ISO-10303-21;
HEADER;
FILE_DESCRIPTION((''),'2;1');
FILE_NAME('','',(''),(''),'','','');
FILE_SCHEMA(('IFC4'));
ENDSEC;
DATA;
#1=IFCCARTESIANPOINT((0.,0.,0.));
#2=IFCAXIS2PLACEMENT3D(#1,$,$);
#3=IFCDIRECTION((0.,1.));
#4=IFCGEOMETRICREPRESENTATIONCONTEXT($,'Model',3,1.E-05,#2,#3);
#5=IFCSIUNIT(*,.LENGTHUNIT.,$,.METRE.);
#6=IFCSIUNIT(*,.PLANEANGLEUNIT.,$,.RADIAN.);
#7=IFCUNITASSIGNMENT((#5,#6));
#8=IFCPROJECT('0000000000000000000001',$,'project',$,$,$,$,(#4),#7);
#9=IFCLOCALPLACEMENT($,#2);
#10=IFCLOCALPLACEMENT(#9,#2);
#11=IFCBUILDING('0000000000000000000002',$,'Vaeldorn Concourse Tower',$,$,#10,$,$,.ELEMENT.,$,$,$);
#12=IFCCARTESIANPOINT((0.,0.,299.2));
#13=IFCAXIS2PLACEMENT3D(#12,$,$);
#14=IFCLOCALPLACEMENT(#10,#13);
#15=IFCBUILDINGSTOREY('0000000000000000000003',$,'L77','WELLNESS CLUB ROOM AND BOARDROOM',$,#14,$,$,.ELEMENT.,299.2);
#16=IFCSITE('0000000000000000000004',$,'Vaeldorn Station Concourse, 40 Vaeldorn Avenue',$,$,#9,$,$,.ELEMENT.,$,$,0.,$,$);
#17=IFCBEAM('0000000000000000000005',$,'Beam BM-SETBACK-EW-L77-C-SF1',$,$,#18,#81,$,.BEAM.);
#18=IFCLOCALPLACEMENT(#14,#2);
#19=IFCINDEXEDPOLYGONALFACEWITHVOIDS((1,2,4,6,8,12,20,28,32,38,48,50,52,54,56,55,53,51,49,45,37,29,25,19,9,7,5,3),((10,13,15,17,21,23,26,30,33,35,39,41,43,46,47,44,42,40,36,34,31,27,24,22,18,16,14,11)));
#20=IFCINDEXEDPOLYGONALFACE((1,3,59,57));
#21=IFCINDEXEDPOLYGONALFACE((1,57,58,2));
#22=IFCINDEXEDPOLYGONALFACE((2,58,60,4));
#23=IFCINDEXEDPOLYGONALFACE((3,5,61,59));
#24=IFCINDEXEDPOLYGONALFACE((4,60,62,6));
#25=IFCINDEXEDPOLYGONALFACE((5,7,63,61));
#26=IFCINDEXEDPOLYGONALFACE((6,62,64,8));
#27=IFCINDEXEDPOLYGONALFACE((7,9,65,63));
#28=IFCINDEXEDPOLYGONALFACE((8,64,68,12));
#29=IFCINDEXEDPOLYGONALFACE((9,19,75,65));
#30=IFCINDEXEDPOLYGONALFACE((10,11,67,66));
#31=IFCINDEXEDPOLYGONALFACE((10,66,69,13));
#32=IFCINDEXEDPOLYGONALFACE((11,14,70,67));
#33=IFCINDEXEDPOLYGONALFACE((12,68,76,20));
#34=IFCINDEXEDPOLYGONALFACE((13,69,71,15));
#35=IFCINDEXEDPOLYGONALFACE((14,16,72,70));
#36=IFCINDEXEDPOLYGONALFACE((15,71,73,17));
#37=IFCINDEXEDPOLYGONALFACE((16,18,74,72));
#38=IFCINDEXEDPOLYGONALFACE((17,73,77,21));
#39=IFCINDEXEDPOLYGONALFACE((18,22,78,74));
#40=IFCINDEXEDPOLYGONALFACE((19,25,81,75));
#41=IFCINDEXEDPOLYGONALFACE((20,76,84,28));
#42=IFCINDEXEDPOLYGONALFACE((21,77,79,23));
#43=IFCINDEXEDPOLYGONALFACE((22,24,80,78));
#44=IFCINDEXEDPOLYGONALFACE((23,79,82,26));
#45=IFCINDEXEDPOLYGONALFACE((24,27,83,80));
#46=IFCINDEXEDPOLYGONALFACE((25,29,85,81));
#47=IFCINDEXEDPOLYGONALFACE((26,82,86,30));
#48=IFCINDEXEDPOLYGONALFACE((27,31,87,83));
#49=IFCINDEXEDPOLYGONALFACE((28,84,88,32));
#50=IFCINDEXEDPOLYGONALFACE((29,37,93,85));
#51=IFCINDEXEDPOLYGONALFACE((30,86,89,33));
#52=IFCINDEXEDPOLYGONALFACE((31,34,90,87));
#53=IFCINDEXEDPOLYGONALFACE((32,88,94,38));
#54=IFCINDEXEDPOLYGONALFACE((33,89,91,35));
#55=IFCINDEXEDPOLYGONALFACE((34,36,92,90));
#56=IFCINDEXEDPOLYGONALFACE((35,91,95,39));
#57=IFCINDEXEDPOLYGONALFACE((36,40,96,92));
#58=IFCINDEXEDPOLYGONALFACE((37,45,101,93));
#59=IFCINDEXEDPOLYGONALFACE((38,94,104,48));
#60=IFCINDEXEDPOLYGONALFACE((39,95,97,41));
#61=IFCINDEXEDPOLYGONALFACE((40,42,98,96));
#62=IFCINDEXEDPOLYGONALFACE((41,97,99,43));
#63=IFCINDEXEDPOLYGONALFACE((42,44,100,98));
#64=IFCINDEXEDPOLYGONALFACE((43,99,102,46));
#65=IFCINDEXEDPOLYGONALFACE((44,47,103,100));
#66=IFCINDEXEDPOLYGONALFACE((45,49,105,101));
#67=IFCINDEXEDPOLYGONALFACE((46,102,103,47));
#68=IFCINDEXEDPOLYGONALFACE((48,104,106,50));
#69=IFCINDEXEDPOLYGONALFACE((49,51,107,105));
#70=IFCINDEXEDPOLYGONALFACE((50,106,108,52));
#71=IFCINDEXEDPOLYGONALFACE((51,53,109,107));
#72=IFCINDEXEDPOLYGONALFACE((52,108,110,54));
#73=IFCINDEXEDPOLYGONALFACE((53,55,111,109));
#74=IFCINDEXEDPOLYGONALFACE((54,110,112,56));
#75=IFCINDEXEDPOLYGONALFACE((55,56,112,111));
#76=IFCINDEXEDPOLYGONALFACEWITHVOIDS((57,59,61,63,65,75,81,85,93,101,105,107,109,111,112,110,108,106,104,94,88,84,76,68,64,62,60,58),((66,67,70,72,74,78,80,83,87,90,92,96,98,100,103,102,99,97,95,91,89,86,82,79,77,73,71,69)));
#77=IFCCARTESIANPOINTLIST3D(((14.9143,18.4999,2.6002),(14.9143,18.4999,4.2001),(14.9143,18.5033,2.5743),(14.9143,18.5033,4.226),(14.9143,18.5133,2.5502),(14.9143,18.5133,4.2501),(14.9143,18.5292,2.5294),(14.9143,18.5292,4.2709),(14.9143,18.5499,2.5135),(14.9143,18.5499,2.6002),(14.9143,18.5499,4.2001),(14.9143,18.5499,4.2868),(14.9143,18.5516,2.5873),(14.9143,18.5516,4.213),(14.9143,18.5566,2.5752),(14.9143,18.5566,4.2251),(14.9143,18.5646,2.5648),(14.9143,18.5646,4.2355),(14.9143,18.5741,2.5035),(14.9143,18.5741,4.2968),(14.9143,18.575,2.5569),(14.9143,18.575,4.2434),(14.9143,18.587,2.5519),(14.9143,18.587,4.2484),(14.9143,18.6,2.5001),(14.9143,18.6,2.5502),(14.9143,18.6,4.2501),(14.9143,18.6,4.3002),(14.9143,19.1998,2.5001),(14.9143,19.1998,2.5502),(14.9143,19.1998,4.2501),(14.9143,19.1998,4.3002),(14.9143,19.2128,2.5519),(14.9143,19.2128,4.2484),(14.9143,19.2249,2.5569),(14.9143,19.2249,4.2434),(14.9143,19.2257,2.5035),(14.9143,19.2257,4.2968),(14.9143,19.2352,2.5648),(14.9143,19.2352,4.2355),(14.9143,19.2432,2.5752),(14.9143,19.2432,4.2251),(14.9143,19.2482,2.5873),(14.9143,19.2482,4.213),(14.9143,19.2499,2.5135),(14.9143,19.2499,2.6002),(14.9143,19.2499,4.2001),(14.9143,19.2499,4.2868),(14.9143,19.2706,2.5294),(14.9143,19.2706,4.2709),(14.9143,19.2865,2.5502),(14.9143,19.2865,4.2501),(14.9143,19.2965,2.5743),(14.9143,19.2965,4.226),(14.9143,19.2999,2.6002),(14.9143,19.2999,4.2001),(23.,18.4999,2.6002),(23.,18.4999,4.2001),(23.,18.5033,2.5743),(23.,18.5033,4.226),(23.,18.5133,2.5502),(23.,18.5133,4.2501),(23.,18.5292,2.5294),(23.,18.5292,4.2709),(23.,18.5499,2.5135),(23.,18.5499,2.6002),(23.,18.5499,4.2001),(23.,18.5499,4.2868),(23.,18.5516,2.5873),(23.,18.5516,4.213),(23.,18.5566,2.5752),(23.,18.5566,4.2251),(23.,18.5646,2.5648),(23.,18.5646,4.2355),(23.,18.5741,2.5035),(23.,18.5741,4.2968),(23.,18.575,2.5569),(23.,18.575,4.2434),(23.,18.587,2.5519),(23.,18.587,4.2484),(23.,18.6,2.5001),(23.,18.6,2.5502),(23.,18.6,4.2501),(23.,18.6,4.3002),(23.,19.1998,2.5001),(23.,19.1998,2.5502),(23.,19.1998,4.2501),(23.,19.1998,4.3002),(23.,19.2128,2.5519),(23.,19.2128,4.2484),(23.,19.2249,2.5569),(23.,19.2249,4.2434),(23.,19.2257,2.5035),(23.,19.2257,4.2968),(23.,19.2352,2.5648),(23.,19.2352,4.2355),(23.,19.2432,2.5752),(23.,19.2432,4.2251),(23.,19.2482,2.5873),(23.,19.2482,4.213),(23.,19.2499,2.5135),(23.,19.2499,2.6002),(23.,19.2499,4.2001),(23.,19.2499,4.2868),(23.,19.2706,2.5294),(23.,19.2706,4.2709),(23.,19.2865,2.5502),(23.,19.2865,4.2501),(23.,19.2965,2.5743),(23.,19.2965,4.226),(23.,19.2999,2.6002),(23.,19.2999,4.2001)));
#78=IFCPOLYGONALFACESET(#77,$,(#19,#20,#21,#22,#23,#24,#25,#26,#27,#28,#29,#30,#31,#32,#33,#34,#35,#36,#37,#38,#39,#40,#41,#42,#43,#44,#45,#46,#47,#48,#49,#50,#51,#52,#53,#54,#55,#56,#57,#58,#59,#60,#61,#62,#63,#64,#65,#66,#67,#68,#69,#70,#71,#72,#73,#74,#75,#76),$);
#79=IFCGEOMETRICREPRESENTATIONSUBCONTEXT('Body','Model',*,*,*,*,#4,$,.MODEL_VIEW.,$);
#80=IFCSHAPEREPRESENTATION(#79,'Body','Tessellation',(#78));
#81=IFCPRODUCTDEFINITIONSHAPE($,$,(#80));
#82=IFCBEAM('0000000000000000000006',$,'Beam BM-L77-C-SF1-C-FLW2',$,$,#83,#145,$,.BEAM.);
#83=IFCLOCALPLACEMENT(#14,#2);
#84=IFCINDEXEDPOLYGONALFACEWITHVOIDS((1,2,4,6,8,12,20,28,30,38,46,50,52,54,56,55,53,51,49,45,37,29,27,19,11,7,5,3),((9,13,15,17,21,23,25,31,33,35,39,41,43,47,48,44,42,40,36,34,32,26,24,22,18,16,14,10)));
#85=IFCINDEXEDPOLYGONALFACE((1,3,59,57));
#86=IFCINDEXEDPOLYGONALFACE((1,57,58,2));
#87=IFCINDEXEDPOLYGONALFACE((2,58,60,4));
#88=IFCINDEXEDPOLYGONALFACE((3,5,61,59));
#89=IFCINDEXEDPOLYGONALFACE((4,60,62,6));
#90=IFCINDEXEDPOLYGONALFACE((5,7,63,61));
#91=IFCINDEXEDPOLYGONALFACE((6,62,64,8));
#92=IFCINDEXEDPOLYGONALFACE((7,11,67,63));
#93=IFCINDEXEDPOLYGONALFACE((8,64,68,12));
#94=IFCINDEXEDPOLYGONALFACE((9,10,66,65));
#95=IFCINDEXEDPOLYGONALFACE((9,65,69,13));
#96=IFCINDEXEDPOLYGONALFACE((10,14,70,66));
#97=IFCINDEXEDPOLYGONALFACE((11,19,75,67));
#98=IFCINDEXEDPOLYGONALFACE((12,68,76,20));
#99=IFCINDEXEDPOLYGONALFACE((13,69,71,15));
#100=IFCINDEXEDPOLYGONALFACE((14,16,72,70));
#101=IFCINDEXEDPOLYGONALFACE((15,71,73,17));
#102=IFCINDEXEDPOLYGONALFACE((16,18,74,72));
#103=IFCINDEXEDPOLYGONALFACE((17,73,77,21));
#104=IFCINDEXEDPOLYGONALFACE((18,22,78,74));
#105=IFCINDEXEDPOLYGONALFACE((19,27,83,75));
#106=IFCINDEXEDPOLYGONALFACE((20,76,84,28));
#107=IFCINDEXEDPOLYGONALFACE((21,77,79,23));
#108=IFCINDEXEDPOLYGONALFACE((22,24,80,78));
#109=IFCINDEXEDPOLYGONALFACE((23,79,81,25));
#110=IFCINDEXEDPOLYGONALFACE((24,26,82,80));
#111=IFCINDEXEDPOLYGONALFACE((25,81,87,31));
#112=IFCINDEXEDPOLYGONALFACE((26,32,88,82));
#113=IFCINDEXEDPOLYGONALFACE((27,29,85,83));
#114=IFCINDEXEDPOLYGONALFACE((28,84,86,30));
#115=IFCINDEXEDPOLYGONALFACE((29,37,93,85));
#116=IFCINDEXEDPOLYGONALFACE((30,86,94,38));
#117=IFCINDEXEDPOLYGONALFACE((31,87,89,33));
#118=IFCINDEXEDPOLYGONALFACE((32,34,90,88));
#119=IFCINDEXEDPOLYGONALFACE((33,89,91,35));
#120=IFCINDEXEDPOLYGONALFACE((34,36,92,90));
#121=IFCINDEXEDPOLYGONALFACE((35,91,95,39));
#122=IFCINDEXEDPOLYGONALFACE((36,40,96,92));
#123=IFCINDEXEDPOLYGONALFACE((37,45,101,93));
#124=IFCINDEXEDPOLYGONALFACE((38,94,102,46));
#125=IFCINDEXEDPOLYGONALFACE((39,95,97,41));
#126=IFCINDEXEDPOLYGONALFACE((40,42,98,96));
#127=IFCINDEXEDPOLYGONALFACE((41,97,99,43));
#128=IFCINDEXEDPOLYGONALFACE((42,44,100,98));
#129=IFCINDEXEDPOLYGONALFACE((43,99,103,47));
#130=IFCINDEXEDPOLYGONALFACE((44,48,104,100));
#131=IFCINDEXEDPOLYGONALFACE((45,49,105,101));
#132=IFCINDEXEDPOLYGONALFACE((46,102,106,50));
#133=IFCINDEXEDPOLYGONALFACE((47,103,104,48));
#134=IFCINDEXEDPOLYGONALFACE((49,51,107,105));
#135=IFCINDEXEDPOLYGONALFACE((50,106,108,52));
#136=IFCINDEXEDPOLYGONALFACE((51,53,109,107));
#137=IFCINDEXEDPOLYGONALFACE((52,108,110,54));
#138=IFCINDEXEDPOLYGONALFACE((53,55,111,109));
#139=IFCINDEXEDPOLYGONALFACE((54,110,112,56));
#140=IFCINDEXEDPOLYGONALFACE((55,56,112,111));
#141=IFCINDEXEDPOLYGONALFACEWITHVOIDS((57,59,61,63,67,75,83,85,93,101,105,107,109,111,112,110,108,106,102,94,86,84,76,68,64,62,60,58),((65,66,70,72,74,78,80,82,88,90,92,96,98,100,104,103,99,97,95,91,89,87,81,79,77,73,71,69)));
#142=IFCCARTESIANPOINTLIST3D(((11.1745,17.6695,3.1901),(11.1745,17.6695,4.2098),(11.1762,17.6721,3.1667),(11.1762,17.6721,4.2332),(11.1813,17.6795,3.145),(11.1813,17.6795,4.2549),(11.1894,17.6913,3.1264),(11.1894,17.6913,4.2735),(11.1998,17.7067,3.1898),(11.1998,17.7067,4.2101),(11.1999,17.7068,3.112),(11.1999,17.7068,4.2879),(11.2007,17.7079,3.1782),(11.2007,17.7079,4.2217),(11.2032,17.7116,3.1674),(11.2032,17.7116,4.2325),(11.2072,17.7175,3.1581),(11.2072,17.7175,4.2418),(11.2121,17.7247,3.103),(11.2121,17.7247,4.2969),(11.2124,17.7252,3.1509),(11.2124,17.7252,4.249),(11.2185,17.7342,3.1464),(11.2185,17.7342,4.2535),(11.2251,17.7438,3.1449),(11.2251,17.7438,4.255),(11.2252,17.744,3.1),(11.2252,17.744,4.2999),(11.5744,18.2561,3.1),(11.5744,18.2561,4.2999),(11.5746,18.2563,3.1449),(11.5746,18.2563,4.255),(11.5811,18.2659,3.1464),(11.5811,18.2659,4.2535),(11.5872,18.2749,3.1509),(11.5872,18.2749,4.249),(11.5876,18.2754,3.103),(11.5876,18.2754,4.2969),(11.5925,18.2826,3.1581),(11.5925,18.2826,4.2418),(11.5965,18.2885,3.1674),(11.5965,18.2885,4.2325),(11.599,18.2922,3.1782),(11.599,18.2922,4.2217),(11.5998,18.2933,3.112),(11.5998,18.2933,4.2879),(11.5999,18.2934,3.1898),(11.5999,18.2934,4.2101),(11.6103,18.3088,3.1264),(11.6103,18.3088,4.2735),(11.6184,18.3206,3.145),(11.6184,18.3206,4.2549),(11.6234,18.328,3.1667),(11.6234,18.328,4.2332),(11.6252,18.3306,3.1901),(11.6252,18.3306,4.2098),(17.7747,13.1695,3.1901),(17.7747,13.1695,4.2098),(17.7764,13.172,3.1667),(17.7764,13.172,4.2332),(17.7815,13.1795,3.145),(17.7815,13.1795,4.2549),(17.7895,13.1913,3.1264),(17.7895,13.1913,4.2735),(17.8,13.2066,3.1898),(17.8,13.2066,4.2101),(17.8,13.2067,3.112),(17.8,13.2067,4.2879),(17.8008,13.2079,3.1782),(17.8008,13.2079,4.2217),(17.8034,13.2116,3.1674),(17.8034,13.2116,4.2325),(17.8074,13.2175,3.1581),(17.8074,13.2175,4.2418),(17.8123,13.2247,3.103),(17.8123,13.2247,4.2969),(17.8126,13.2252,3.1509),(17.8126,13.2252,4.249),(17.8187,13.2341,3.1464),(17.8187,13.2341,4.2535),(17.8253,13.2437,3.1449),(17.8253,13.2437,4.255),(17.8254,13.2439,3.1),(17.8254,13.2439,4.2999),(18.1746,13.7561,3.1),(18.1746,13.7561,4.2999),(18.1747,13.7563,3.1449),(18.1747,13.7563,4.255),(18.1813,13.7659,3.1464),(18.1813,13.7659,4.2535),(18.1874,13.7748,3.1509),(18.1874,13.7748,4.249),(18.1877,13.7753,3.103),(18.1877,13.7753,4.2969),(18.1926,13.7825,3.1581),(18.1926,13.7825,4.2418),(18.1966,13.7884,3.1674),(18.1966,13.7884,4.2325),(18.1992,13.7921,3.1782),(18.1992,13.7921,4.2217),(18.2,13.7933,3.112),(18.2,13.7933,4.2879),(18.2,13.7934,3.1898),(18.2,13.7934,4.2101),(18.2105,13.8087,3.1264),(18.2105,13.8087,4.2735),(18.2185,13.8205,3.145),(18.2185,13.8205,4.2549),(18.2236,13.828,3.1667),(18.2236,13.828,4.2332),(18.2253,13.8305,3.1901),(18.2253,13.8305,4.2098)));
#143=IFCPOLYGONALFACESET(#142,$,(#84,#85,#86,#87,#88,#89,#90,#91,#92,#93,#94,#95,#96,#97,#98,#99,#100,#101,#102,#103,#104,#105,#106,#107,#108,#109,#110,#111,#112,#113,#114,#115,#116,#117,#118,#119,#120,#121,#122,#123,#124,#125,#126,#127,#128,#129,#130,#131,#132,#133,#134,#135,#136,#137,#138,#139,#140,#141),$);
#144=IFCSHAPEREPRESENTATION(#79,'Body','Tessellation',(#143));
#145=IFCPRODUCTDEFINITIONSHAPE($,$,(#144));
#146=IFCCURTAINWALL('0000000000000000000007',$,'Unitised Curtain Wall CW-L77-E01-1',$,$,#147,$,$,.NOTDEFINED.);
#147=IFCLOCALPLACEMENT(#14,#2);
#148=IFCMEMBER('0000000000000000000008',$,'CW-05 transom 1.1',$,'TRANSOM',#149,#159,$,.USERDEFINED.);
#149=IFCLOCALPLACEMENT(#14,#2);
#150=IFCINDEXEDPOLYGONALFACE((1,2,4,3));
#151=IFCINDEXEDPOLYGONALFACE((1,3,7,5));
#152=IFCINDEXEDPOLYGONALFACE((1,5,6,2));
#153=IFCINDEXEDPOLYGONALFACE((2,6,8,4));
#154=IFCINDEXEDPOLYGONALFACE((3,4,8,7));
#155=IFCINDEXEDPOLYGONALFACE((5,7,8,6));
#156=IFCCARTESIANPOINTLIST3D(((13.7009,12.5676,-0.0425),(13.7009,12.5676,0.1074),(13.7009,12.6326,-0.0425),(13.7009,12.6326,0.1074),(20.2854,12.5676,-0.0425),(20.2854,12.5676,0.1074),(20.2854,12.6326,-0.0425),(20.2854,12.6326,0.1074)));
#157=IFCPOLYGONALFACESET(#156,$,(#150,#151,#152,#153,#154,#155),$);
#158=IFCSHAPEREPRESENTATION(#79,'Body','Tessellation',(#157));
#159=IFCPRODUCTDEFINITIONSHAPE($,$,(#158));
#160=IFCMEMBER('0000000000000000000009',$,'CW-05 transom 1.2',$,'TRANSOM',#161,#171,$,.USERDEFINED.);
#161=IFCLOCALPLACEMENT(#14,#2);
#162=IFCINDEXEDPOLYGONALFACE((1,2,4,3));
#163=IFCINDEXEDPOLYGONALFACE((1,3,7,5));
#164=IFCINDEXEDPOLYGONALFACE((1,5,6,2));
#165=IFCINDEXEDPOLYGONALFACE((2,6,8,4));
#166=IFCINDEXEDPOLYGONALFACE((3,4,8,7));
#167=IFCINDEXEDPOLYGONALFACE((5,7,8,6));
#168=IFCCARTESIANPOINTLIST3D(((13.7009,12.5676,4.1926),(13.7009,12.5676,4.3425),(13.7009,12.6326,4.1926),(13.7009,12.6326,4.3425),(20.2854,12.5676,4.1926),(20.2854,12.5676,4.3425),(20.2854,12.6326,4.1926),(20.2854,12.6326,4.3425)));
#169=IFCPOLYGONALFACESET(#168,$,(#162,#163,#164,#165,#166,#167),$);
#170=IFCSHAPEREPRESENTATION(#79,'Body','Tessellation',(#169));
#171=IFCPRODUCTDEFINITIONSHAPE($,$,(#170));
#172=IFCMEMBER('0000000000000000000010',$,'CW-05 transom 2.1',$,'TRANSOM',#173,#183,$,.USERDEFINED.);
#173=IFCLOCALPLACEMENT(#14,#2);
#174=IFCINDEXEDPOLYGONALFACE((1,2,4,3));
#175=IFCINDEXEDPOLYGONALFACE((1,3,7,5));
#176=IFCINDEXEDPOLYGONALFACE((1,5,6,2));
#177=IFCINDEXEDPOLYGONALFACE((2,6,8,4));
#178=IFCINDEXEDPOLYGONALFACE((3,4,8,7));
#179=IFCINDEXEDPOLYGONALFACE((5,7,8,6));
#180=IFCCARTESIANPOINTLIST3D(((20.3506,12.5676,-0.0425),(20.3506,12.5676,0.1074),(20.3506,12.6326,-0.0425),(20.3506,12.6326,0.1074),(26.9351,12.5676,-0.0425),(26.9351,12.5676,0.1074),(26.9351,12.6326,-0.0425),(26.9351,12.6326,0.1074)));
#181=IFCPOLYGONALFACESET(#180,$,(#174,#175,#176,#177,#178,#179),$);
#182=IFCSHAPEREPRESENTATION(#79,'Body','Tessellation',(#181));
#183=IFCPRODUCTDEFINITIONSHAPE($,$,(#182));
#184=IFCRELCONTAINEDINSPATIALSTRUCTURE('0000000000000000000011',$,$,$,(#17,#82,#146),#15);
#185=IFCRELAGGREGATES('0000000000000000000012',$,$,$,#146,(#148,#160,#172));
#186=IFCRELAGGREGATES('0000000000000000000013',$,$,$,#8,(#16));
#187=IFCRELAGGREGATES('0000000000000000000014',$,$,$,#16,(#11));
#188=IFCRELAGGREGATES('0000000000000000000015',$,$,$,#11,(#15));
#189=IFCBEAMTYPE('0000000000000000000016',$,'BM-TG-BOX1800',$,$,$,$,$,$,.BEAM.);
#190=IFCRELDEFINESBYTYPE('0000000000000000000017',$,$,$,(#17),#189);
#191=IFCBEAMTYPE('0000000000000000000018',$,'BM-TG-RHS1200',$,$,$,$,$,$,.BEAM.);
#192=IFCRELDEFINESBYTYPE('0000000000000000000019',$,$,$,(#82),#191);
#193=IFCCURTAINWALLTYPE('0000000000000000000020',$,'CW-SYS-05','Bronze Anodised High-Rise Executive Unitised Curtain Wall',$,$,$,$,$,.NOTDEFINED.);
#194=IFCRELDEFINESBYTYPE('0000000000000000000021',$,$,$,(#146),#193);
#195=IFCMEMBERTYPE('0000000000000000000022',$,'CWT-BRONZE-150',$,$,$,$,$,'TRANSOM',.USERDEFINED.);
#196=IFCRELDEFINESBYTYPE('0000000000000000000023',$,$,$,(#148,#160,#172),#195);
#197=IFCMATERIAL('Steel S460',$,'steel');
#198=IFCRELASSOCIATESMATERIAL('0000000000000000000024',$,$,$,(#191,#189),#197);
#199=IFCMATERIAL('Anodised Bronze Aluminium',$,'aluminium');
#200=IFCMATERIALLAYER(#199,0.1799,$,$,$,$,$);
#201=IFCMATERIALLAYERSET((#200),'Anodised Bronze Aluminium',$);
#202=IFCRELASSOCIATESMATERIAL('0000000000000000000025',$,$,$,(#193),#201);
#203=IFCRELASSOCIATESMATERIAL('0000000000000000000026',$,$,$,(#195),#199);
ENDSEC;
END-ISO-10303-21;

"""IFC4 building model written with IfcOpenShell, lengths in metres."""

from ifc_helpers import new_model, si_unit, direction, frame, origin, origin_2d, place, context, subcontext, project, spatial, rectangle, hollow_rectangle, extrude, source, transform, mapped, material, layer, layer_set, material_profile, profile_set, type_object, element, aggregate, save


model = new_model("IFC4")

# Units and contexts
model_context = context("Model", 3, precision=1e-05, world=origin(), true_north=direction((0.0, 1.0)))
body_context = subcontext(model_context, "Body", "Model", "MODEL_VIEW")
ifc_project = project(units=[si_unit("LENGTHUNIT", "METRE"), si_unit("PLANEANGLEUNIT", "RADIAN")], contexts=[model_context])

# Site, building, storey
site_placement = place(None, origin())
site = spatial("IfcSite", under=ifc_project, at=site_placement, Name="Vaeldorn Station Concourse, 40 Vaeldorn Avenue", CompositionType="ELEMENT", RefElevation=0.0)
building_placement = place(site_placement, origin())
building = spatial("IfcBuilding", under=site, at=building_placement, Name="Vaeldorn Concourse Tower", CompositionType="ELEMENT")
storey_placement = place(building_placement, frame((0.0, 0.0, 299.2)))
storey = spatial("IfcBuildingStorey", under=building, at=storey_placement, Name="L77", Description="WELLNESS CLUB ROOM AND BOARDROOM", CompositionType="ELEMENT", Elevation=299.2)

# Beams
ifc_material_1 = material(Name="Steel S460", Category="steel")
ifc_material_profile_1 = material_profile(ifc_material_1, hollow_rectangle(XDim=0.8, YDim=1.2, WallThickness=0.0449, InnerFilletRadius=0.0449, OuterFilletRadius=0.0901, at=origin_2d()), Name="RHS 1200x800x45")
ifc_profile_set_1 = profile_set([ifc_material_profile_1], Name="Steel S460")
beam_type_1 = type_object("IfcBeamType", Name="BM-TG-RHS1200", PredefinedType="BEAM", material=ifc_profile_set_1)
ifc_material_profile_2 = material_profile(ifc_material_1, hollow_rectangle(XDim=0.8, YDim=1.8, WallThickness=0.05, InnerFilletRadius=0.05, OuterFilletRadius=0.1001, at=origin_2d()), Name="RHS 1800x800x50")
ifc_profile_set_2 = profile_set([ifc_material_profile_2], Name="Steel S460")
beam_type_2 = type_object("IfcBeamType", Name="BM-TG-BOX1800", PredefinedType="BEAM", material=ifc_profile_set_2)
shared_shape_1 = source(origin(), body_context, "Body", "SweptSolid", [
    extrude(hollow_rectangle(XDim=0.8, YDim=1.8, WallThickness=0.05, InnerFilletRadius=0.05, OuterFilletRadius=0.1001, at=origin_2d()), origin(), (0.0, 0.0, 1.0), 8.0857),
])
beam_1_placement = place(storey_placement, frame((14.9143, 18.8999, 3.4001), z_axis=(1.0, 0.0, 0.0), x_axis=(0.0, 1.0, 0.0)))
element("IfcBeam", 1, at=beam_1_placement, inside=storey, type_object=beam_type_2, Name="Beam BM-SETBACK-EW-L77-C-SF1", PredefinedType="BEAM", context=body_context, shape_type="MappedRepresentation", body=[
    mapped(shared_shape_1, transform((0.0, 0.0, 0.0), scale=1.0)),
])
shared_shape_2 = source(origin(), body_context, "Body", "SweptSolid", [
    extrude(hollow_rectangle(XDim=0.8, YDim=1.2, WallThickness=0.0449, InnerFilletRadius=0.0449, OuterFilletRadius=0.0901, at=origin_2d()), origin(), (0.0, 0.0, 1.0), 7.9883),
])
beam_2_placement = place(storey_placement, frame((18.0, 13.5, 3.7), z_axis=(-0.826231, 0.563331, 0.0), x_axis=(-0.563331, -0.826231, 0.0)))
element("IfcBeam", 2, at=beam_2_placement, inside=storey, type_object=beam_type_1, Name="Beam BM-L77-C-SF1-C-FLW2", PredefinedType="BEAM", context=body_context, shape_type="MappedRepresentation", body=[
    mapped(shared_shape_2, transform((0.0, 0.0, 0.0), scale=1.0)),
])

# Curtain wall, members
ifc_material_2 = material(Name="Anodised Bronze Aluminium", Category="aluminium")
ifc_layer_1 = layer(ifc_material_2, 0.1799)
ifc_layer_set_1 = layer_set([ifc_layer_1], Name="Anodised Bronze Aluminium")
curtain_wall_type = type_object("IfcCurtainWallType", Name="CW-SYS-05", Description="Bronze Anodised High-Rise Executive Unitised Curtain Wall", PredefinedType="NOTDEFINED", material=ifc_layer_set_1)
curtain_wall_1_placement = place(storey_placement, origin())
curtain_wall_1 = element("IfcCurtainWall", 3, at=curtain_wall_1_placement, inside=storey, type_object=curtain_wall_type, Name="Unitised Curtain Wall CW-L77-E01-1", PredefinedType="NOTDEFINED")
ifc_material_profile_3 = material_profile(ifc_material_2, rectangle(XDim=0.0649, YDim=0.1499, at=origin_2d()), Name="CWT 65x150")
ifc_profile_set_3 = profile_set([ifc_material_profile_3], Name="Anodised Bronze Aluminium")
member_type_1 = type_object("IfcMemberType", Name="CWT-BRONZE-150", ElementType="TRANSOM", PredefinedType="USERDEFINED", material=ifc_profile_set_3)
shared_shape_3 = source(origin(), body_context, "Body", "SweptSolid", [
    extrude(rectangle(XDim=0.0649, YDim=0.1499, at=origin_2d()), origin(), (0.0, 0.0, 1.0), 6.5845),
])
member_1_placement = place(storey_placement, frame((13.7009, 12.6001, 0.0325), z_axis=(1.0, 0.0, 0.0), x_axis=(0.0, 1.0, 0.0)))
member_1 = element("IfcMember", 4, at=member_1_placement, type_object=member_type_1, Name="CW-05 transom 1.1", ObjectType="TRANSOM", PredefinedType="USERDEFINED", context=body_context, shape_type="MappedRepresentation", body=[
    mapped(shared_shape_3, transform((0.0, 0.0, 0.0), scale=1.0)),
])
member_2_placement = place(storey_placement, frame((13.7009, 12.6001, 4.2676), z_axis=(1.0, 0.0, 0.0), x_axis=(0.0, 1.0, 0.0)))
member_2 = element("IfcMember", 5, at=member_2_placement, type_object=member_type_1, Name="CW-05 transom 1.2", ObjectType="TRANSOM", PredefinedType="USERDEFINED", context=body_context, shape_type="MappedRepresentation", body=[
    mapped(shared_shape_3, transform((0.0, 0.0, 0.0), scale=1.0)),
])
member_3_placement = place(storey_placement, frame((20.3506, 12.6001, 0.0325), z_axis=(1.0, 0.0, 0.0), x_axis=(0.0, 1.0, 0.0)))
member_3 = element("IfcMember", 6, at=member_3_placement, type_object=member_type_1, Name="CW-05 transom 2.1", ObjectType="TRANSOM", PredefinedType="USERDEFINED", context=body_context, shape_type="MappedRepresentation", body=[
    mapped(shared_shape_3, transform((0.0, 0.0, 0.0), scale=1.0)),
])

aggregate(curtain_wall_1, [member_1, member_2, member_3])

save(model, "model.ifc")
